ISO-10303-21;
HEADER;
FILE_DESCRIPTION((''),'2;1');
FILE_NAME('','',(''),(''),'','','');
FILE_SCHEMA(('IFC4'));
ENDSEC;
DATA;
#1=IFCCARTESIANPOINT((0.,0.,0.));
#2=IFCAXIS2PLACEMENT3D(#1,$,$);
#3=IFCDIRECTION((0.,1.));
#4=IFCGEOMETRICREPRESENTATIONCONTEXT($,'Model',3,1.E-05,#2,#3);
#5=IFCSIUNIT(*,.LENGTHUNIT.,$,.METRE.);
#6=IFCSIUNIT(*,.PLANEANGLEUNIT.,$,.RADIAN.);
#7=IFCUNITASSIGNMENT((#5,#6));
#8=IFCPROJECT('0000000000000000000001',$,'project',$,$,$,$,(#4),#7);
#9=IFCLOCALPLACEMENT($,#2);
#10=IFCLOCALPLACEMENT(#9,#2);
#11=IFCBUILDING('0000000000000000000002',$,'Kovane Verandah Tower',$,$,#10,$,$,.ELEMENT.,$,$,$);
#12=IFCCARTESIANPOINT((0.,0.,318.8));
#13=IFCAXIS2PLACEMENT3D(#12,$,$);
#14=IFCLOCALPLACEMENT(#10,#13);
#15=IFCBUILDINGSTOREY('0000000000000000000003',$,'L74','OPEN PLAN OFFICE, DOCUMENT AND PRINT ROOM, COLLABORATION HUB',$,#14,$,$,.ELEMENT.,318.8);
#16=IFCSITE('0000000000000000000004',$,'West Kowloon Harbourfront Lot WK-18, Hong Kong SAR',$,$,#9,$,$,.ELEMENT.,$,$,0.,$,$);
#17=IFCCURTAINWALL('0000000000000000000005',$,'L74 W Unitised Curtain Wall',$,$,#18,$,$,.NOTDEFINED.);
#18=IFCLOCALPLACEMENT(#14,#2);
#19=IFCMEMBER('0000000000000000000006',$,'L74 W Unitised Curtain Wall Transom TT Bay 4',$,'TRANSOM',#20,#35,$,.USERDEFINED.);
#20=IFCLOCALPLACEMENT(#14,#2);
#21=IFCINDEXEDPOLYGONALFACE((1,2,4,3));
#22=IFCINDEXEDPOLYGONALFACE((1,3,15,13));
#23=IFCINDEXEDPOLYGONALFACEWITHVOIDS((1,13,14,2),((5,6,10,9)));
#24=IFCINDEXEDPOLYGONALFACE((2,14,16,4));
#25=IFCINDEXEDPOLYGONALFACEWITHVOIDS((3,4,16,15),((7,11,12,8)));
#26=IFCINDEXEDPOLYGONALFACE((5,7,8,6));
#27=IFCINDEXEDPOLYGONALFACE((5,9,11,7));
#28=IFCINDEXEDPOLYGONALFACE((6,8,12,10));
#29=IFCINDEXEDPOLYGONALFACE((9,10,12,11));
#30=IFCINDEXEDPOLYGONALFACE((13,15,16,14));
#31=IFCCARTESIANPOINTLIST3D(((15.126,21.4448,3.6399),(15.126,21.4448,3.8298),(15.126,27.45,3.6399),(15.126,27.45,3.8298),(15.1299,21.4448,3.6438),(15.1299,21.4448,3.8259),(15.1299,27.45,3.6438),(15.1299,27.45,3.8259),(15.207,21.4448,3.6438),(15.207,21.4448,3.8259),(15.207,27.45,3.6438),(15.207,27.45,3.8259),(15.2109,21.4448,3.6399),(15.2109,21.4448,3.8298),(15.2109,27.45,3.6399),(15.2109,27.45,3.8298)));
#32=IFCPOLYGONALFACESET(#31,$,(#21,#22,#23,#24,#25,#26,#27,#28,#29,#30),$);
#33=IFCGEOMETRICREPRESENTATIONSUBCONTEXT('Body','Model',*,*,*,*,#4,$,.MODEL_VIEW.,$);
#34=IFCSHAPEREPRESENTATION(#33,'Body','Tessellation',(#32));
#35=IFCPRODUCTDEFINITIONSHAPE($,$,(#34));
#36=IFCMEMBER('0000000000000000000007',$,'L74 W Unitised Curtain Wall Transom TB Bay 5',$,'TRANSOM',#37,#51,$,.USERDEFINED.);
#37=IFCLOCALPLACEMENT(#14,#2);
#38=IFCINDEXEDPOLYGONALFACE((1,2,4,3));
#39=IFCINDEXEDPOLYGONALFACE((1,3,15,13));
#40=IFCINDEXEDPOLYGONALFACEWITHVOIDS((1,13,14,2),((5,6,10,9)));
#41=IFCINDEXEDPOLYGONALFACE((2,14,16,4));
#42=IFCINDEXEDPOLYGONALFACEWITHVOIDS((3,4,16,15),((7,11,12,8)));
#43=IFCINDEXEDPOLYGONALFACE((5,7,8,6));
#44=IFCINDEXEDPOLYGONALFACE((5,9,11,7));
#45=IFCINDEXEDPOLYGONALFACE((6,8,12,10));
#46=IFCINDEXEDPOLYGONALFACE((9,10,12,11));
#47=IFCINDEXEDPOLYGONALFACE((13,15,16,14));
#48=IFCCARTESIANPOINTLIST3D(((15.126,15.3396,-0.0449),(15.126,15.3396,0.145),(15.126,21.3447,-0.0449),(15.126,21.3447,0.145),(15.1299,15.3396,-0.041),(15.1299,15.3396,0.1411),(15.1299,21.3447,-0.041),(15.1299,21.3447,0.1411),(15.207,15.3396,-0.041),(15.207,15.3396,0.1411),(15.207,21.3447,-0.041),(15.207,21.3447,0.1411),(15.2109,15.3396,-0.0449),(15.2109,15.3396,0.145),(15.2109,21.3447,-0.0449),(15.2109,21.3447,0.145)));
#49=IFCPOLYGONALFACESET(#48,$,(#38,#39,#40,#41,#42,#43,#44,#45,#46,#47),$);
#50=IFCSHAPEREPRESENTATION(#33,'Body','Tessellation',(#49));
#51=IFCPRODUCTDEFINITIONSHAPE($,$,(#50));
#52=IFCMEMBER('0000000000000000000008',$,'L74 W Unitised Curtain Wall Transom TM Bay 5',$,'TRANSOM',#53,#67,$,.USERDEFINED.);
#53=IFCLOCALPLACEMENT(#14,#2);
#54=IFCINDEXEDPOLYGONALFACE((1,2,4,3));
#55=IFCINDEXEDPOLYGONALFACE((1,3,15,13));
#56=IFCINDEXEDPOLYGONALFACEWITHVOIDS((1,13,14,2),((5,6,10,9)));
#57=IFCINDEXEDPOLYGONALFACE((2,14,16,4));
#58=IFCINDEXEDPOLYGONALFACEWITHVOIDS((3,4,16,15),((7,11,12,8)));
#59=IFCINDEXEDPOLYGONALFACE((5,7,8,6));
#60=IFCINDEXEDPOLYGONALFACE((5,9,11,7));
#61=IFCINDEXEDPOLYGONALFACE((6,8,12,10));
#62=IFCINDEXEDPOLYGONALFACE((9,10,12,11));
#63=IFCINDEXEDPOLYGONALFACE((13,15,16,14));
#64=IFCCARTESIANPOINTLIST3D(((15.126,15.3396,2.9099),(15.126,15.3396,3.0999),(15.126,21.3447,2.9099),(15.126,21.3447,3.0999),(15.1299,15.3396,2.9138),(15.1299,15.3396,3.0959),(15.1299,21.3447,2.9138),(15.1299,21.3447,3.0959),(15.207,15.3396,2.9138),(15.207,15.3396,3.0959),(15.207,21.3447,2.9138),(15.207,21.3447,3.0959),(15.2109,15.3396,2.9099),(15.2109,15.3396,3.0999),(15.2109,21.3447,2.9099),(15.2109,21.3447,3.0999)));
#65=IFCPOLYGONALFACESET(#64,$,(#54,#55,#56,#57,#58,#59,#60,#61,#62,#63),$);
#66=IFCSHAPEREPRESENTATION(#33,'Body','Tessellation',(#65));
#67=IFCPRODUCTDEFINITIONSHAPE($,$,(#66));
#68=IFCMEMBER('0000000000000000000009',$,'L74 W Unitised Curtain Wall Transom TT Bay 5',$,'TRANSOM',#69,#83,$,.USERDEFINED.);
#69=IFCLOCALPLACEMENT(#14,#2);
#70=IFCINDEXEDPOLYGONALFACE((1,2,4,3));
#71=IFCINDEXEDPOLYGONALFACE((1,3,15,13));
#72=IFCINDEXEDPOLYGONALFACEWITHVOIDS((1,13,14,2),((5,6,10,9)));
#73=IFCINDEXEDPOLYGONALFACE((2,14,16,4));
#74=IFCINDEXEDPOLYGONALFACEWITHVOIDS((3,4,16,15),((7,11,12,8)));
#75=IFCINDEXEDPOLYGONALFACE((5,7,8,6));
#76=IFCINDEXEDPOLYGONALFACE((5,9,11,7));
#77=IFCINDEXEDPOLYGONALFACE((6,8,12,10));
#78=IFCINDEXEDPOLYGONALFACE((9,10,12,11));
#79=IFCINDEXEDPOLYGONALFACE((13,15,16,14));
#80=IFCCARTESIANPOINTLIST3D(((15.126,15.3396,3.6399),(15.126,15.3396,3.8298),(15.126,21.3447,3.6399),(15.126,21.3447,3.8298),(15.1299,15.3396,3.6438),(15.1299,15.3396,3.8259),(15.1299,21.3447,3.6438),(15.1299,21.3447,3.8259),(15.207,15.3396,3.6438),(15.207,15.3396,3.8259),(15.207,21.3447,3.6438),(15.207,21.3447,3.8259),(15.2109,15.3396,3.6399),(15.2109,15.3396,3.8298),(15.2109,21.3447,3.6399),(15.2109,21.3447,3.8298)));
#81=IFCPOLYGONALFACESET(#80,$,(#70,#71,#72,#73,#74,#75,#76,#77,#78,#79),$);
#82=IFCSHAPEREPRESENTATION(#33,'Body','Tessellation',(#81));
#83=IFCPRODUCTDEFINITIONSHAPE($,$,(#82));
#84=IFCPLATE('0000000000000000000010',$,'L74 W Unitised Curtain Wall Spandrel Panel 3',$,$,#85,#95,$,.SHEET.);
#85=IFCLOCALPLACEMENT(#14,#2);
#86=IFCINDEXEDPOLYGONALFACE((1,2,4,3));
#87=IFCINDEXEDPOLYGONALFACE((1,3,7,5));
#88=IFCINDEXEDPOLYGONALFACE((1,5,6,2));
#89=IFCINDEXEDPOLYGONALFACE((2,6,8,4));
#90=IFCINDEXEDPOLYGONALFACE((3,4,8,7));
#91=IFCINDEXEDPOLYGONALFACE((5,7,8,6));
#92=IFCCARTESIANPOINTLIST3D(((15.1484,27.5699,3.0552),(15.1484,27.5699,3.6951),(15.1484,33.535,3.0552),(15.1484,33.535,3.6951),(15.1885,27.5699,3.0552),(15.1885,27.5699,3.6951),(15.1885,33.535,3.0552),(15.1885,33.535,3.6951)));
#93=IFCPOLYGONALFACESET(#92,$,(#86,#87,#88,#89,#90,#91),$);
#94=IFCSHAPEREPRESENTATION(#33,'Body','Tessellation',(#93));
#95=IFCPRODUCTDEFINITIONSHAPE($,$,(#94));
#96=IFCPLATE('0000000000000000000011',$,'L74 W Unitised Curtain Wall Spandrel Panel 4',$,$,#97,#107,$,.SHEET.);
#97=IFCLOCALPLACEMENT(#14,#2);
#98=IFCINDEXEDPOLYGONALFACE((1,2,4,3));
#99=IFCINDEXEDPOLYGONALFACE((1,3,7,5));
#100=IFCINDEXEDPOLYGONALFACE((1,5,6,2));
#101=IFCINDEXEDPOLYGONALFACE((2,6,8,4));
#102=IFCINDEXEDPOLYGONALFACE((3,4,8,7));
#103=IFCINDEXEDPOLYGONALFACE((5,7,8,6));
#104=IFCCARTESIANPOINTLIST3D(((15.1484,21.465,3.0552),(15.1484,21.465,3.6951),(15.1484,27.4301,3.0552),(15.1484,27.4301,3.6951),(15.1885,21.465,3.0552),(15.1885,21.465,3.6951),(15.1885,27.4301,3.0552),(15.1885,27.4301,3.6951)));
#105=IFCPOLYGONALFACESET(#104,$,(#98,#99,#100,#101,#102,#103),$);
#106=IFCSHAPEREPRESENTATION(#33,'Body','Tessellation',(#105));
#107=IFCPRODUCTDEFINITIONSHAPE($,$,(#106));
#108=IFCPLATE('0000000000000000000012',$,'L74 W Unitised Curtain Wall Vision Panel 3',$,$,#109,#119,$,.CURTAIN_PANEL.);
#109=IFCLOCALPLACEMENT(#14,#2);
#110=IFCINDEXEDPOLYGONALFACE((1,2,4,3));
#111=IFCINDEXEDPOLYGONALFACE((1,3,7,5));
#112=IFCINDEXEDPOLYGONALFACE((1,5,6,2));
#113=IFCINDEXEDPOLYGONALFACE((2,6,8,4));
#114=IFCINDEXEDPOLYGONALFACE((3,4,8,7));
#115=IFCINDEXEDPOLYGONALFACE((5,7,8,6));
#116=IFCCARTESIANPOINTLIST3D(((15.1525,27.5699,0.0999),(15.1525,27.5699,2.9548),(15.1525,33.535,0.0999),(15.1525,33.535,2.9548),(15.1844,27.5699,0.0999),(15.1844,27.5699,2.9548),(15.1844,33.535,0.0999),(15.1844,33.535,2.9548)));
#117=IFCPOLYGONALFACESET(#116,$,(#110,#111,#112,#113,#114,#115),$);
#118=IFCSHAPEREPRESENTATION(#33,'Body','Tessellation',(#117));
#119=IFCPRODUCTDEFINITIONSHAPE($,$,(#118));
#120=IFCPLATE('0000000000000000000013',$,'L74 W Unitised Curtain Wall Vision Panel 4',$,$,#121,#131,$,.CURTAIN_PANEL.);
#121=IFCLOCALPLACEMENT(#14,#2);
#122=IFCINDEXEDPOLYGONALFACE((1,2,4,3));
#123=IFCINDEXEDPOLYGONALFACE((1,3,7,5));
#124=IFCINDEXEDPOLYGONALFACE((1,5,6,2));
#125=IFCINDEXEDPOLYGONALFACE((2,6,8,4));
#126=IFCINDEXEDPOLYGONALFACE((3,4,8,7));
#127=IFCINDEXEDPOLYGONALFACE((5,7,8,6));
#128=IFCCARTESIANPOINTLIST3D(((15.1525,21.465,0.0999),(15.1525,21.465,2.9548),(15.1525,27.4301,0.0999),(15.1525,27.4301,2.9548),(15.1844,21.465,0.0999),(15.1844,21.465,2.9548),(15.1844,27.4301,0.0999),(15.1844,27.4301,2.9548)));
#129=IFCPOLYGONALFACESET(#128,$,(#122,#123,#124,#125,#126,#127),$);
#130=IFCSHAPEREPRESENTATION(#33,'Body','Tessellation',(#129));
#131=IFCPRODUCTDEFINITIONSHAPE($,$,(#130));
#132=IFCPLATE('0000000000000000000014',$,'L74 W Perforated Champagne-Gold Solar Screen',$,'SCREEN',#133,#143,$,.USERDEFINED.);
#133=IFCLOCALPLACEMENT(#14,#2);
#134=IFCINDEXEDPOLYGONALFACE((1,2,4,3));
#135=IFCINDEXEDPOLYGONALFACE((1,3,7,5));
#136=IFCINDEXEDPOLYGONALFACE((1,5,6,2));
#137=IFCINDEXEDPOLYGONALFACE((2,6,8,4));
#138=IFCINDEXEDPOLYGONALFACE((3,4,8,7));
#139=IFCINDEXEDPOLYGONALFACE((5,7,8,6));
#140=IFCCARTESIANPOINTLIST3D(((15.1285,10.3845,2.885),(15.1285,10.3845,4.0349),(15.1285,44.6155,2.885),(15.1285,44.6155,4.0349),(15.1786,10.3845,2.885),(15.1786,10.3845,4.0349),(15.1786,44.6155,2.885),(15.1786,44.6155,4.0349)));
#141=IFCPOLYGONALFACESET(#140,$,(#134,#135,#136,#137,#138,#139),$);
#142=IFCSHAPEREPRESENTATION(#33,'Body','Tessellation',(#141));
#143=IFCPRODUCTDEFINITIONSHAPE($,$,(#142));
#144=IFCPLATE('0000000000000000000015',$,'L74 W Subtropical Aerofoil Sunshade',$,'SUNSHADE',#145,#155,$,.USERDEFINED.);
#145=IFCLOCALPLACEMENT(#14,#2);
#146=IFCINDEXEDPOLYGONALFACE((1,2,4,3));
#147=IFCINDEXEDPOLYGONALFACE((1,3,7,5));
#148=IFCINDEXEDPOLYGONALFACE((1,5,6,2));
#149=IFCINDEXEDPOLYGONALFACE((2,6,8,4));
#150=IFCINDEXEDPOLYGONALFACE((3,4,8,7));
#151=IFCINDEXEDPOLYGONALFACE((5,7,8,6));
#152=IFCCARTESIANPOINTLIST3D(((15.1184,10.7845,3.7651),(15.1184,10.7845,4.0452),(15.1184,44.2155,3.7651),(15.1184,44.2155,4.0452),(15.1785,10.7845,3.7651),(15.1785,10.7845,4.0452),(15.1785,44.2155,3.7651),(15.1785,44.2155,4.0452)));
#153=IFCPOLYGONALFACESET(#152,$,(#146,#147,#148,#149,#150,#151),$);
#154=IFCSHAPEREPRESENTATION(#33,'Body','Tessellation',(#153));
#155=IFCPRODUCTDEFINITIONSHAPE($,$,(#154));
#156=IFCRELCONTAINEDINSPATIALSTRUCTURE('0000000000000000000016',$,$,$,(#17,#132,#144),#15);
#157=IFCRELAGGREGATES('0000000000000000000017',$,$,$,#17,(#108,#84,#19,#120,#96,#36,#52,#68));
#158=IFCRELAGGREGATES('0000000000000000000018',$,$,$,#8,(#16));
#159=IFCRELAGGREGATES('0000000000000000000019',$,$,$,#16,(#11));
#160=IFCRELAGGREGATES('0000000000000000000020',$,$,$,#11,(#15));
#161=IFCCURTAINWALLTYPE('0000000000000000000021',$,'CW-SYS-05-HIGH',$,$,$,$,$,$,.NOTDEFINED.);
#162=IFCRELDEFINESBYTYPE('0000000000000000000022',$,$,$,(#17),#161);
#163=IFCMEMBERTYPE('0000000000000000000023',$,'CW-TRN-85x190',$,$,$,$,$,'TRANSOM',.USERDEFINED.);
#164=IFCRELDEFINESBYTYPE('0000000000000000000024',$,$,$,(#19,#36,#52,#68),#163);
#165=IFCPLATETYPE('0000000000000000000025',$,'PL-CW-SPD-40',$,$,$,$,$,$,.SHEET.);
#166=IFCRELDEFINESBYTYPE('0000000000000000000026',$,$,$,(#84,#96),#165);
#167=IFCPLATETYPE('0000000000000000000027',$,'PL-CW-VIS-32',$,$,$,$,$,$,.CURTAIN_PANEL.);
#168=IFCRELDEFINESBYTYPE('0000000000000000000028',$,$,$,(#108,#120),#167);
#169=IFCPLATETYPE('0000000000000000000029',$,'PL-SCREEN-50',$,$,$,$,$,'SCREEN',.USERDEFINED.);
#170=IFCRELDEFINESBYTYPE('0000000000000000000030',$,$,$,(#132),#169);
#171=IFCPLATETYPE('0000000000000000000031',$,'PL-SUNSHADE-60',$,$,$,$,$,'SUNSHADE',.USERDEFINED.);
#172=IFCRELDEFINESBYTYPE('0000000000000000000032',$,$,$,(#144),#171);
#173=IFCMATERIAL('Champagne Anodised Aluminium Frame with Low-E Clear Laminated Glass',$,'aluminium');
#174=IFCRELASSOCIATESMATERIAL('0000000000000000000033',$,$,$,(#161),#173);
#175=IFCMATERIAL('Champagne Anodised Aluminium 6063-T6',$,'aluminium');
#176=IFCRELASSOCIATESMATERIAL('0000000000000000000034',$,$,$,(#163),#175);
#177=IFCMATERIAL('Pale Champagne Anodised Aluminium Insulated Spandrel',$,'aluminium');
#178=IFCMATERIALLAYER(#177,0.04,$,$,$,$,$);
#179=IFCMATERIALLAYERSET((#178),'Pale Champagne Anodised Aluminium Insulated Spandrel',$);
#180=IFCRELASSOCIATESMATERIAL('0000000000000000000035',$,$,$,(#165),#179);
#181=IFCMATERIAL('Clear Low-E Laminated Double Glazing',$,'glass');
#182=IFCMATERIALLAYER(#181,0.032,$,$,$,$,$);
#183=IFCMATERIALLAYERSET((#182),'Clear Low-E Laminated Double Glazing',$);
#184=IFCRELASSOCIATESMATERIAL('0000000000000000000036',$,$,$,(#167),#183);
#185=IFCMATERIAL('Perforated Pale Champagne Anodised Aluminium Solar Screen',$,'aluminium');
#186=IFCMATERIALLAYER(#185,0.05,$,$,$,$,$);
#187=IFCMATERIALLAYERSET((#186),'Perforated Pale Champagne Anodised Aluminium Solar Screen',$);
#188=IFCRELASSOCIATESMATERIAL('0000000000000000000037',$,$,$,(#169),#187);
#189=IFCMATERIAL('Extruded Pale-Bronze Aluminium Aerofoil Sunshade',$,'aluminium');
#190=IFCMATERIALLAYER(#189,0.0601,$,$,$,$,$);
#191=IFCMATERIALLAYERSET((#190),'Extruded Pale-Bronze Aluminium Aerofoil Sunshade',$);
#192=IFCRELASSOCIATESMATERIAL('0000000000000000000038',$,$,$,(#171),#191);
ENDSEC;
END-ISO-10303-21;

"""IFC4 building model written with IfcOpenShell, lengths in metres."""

from ifc_helpers import new_model, si_unit, direction, frame, origin, origin_2d, place, context, subcontext, project, spatial, rectangle, hollow_rectangle, extrude, material, layer, layer_set, material_profile, profile_set, type_object, element, aggregate, save


model = new_model("IFC4")

# Units and contexts
model_context = context("Model", 3, precision=1e-05, world=origin(), true_north=direction((0.0, 1.0)))
body_context = subcontext(model_context, "Body", "Model", "MODEL_VIEW")
ifc_project = project(units=[si_unit("LENGTHUNIT", "METRE"), si_unit("PLANEANGLEUNIT", "RADIAN")], contexts=[model_context])

# Site, building, storey
site_placement = place(None, origin())
site = spatial("IfcSite", under=ifc_project, at=site_placement, Name="West Kowloon Harbourfront Lot WK-18, Hong Kong SAR", CompositionType="ELEMENT", RefElevation=0.0)
building_placement = place(site_placement, origin())
building = spatial("IfcBuilding", under=site, at=building_placement, Name="Kovane Verandah Tower", CompositionType="ELEMENT")
storey_placement = place(building_placement, frame((0.0, 0.0, 318.8)))
storey = spatial("IfcBuildingStorey", under=building, at=storey_placement, Name="L74", Description="OPEN PLAN OFFICE, DOCUMENT AND PRINT ROOM, COLLABORATION HUB", CompositionType="ELEMENT", Elevation=318.8)

# Curtain wall, members, plates
ifc_material_1 = material(Name="Champagne Anodised Aluminium Frame with Low-E Clear Laminated Glass", Category="aluminium")
curtain_wall_type = type_object("IfcCurtainWallType", Name="CW-SYS-05-HIGH", PredefinedType="NOTDEFINED", material=ifc_material_1)
curtain_wall_placement = place(storey_placement, origin())
curtain_wall = element("IfcCurtainWall", 1, at=curtain_wall_placement, inside=storey, type_object=curtain_wall_type, Name="L74 W Unitised Curtain Wall", PredefinedType="NOTDEFINED")
ifc_material_2 = material(Name="Champagne Anodised Aluminium 6063-T6", Category="aluminium")
ifc_material_profile_1 = material_profile(ifc_material_2, hollow_rectangle(XDim=0.085, YDim=0.1899, WallThickness=0.0039, at=origin_2d()), Name="AL85x190x4")
ifc_profile_set_1 = profile_set([ifc_material_profile_1], Name="Champagne Anodised Aluminium 6063-T6")
member_type_1 = type_object("IfcMemberType", Name="CW-TRN-85x190", ElementType="TRANSOM", PredefinedType="USERDEFINED", material=ifc_profile_set_1)
member_1_placement = place(storey_placement, frame((15.1685, 27.45, 3.7349), z_axis=(0.0, -1.0, 0.0), x_axis=(1.0, 0.0, 0.0)))
member_1 = element("IfcMember", 2, at=member_1_placement, type_object=member_type_1, Name="L74 W Unitised Curtain Wall Transom TT Bay 4", ObjectType="TRANSOM", PredefinedType="USERDEFINED", context=body_context, shape_type="SweptSolid", body=[
    extrude(hollow_rectangle(XDim=0.085, YDim=0.1899, WallThickness=0.0039, at=origin_2d()), origin(), (0.0, 0.0, 1.0), 6.0051),
])
member_2_placement = place(storey_placement, frame((15.1685, 21.3447, 0.05), z_axis=(0.0, -1.0, 0.0), x_axis=(1.0, 0.0, 0.0)))
member_2 = element("IfcMember", 3, at=member_2_placement, type_object=member_type_1, Name="L74 W Unitised Curtain Wall Transom TB Bay 5", ObjectType="TRANSOM", PredefinedType="USERDEFINED", context=body_context, shape_type="SweptSolid", body=[
    extrude(hollow_rectangle(XDim=0.085, YDim=0.1899, WallThickness=0.0039, at=origin_2d()), origin(), (0.0, 0.0, 1.0), 6.0051),
])
member_3_placement = place(storey_placement, frame((15.1685, 21.3447, 3.0049), z_axis=(0.0, -1.0, 0.0), x_axis=(1.0, 0.0, 0.0)))
member_3 = element("IfcMember", 4, at=member_3_placement, type_object=member_type_1, Name="L74 W Unitised Curtain Wall Transom TM Bay 5", ObjectType="TRANSOM", PredefinedType="USERDEFINED", context=body_context, shape_type="SweptSolid", body=[
    extrude(hollow_rectangle(XDim=0.085, YDim=0.1899, WallThickness=0.0039, at=origin_2d()), origin(), (0.0, 0.0, 1.0), 6.0051),
])
member_4_placement = place(storey_placement, frame((15.1685, 21.3447, 3.7349), z_axis=(0.0, -1.0, 0.0), x_axis=(1.0, 0.0, 0.0)))
member_4 = element("IfcMember", 5, at=member_4_placement, type_object=member_type_1, Name="L74 W Unitised Curtain Wall Transom TT Bay 5", ObjectType="TRANSOM", PredefinedType="USERDEFINED", context=body_context, shape_type="SweptSolid", body=[
    extrude(hollow_rectangle(XDim=0.085, YDim=0.1899, WallThickness=0.0039, at=origin_2d()), origin(), (0.0, 0.0, 1.0), 6.0051),
])
ifc_material_3 = material(Name="Pale Champagne Anodised Aluminium Insulated Spandrel", Category="aluminium")
ifc_layer_1 = layer(ifc_material_3, 0.04)
ifc_layer_set_1 = layer_set([ifc_layer_1], Name="Pale Champagne Anodised Aluminium Insulated Spandrel")
plate_type_1 = type_object("IfcPlateType", Name="PL-CW-SPD-40", PredefinedType="SHEET", material=ifc_layer_set_1)
plate_1_placement = place(storey_placement, frame((15.1685, 30.5525, 3.0552), z_axis=(0.0, 0.0, 1.0), x_axis=(0.0, -1.0, 0.0)))
plate_1 = element("IfcPlate", 6, at=plate_1_placement, type_object=plate_type_1, Name="L74 W Unitised Curtain Wall Spandrel Panel 3", PredefinedType="SHEET", context=body_context, shape_type="SweptSolid", body=[
    extrude(rectangle(XDim=5.9651, YDim=0.04, at=origin_2d()), origin(), (0.0, 0.0, 1.0), 0.6399),
])
plate_2_placement = place(storey_placement, frame((15.1685, 24.4475, 3.0552), z_axis=(0.0, 0.0, 1.0), x_axis=(0.0, -1.0, 0.0)))
plate_2 = element("IfcPlate", 7, at=plate_2_placement, type_object=plate_type_1, Name="L74 W Unitised Curtain Wall Spandrel Panel 4", PredefinedType="SHEET", context=body_context, shape_type="SweptSolid", body=[
    extrude(rectangle(XDim=5.9651, YDim=0.04, at=origin_2d()), origin(), (0.0, 0.0, 1.0), 0.6399),
])
ifc_material_4 = material(Name="Clear Low-E Laminated Double Glazing", Category="glass")
ifc_layer_2 = layer(ifc_material_4, 0.032)
ifc_layer_set_2 = layer_set([ifc_layer_2], Name="Clear Low-E Laminated Double Glazing")
plate_type_2 = type_object("IfcPlateType", Name="PL-CW-VIS-32", PredefinedType="CURTAIN_PANEL", material=ifc_layer_set_2)
plate_3_placement = place(storey_placement, frame((15.1685, 30.5525, 0.0999), z_axis=(0.0, 0.0, 1.0), x_axis=(0.0, -1.0, 0.0)))
plate_3 = element("IfcPlate", 8, at=plate_3_placement, type_object=plate_type_2, Name="L74 W Unitised Curtain Wall Vision Panel 3", PredefinedType="CURTAIN_PANEL", context=body_context, shape_type="SweptSolid", body=[
    extrude(rectangle(XDim=5.9651, YDim=0.032, at=origin_2d()), origin(), (0.0, 0.0, 1.0), 2.855),
])
plate_4_placement = place(storey_placement, frame((15.1685, 24.4475, 0.0999), z_axis=(0.0, 0.0, 1.0), x_axis=(0.0, -1.0, 0.0)))
plate_4 = element("IfcPlate", 9, at=plate_4_placement, type_object=plate_type_2, Name="L74 W Unitised Curtain Wall Vision Panel 4", PredefinedType="CURTAIN_PANEL", context=body_context, shape_type="SweptSolid", body=[
    extrude(rectangle(XDim=5.9651, YDim=0.032, at=origin_2d()), origin(), (0.0, 0.0, 1.0), 2.855),
])
aggregate(curtain_wall, [plate_3, plate_1, member_1, plate_4, plate_2, member_2, member_3, member_4])

# Plates
ifc_material_5 = material(Name="Perforated Pale Champagne Anodised Aluminium Solar Screen", Category="aluminium")
ifc_layer_3 = layer(ifc_material_5, 0.05)
ifc_layer_set_3 = layer_set([ifc_layer_3], Name="Perforated Pale Champagne Anodised Aluminium Solar Screen")
plate_type_3 = type_object("IfcPlateType", Name="PL-SCREEN-50", ElementType="SCREEN", PredefinedType="USERDEFINED", material=ifc_layer_set_3)
plate_5_placement = place(storey_placement, frame((15.1536, 27.5, 2.885), z_axis=(0.0, 0.0, 1.0), x_axis=(0.0, -1.0, 0.0)))
element("IfcPlate", 10, at=plate_5_placement, inside=storey, type_object=plate_type_3, Name="L74 W Perforated Champagne-Gold Solar Screen", ObjectType="SCREEN", PredefinedType="USERDEFINED", context=body_context, shape_type="SweptSolid", body=[
    extrude(rectangle(XDim=34.231, YDim=0.05, at=origin_2d()), origin(), (0.0, 0.0, 1.0), 1.1499),
])
ifc_material_6 = material(Name="Extruded Pale-Bronze Aluminium Aerofoil Sunshade", Category="aluminium")
ifc_layer_4 = layer(ifc_material_6, 0.0601)
ifc_layer_set_4 = layer_set([ifc_layer_4], Name="Extruded Pale-Bronze Aluminium Aerofoil Sunshade")
plate_type_4 = type_object("IfcPlateType", Name="PL-SUNSHADE-60", ElementType="SUNSHADE", PredefinedType="USERDEFINED", material=ifc_layer_set_4)
plate_6_placement = place(storey_placement, frame((15.1484, 27.5, 3.7651), z_axis=(0.0, 0.0, 1.0), x_axis=(0.0, -1.0, 0.0)))
element("IfcPlate", 11, at=plate_6_placement, inside=storey, type_object=plate_type_4, Name="L74 W Subtropical Aerofoil Sunshade", ObjectType="SUNSHADE", PredefinedType="USERDEFINED", context=body_context, shape_type="SweptSolid", body=[
    extrude(rectangle(XDim=33.4309, YDim=0.0601, at=origin_2d()), origin(), (0.0, 0.0, 1.0), 0.28),
])

save(model, "model.ifc")
